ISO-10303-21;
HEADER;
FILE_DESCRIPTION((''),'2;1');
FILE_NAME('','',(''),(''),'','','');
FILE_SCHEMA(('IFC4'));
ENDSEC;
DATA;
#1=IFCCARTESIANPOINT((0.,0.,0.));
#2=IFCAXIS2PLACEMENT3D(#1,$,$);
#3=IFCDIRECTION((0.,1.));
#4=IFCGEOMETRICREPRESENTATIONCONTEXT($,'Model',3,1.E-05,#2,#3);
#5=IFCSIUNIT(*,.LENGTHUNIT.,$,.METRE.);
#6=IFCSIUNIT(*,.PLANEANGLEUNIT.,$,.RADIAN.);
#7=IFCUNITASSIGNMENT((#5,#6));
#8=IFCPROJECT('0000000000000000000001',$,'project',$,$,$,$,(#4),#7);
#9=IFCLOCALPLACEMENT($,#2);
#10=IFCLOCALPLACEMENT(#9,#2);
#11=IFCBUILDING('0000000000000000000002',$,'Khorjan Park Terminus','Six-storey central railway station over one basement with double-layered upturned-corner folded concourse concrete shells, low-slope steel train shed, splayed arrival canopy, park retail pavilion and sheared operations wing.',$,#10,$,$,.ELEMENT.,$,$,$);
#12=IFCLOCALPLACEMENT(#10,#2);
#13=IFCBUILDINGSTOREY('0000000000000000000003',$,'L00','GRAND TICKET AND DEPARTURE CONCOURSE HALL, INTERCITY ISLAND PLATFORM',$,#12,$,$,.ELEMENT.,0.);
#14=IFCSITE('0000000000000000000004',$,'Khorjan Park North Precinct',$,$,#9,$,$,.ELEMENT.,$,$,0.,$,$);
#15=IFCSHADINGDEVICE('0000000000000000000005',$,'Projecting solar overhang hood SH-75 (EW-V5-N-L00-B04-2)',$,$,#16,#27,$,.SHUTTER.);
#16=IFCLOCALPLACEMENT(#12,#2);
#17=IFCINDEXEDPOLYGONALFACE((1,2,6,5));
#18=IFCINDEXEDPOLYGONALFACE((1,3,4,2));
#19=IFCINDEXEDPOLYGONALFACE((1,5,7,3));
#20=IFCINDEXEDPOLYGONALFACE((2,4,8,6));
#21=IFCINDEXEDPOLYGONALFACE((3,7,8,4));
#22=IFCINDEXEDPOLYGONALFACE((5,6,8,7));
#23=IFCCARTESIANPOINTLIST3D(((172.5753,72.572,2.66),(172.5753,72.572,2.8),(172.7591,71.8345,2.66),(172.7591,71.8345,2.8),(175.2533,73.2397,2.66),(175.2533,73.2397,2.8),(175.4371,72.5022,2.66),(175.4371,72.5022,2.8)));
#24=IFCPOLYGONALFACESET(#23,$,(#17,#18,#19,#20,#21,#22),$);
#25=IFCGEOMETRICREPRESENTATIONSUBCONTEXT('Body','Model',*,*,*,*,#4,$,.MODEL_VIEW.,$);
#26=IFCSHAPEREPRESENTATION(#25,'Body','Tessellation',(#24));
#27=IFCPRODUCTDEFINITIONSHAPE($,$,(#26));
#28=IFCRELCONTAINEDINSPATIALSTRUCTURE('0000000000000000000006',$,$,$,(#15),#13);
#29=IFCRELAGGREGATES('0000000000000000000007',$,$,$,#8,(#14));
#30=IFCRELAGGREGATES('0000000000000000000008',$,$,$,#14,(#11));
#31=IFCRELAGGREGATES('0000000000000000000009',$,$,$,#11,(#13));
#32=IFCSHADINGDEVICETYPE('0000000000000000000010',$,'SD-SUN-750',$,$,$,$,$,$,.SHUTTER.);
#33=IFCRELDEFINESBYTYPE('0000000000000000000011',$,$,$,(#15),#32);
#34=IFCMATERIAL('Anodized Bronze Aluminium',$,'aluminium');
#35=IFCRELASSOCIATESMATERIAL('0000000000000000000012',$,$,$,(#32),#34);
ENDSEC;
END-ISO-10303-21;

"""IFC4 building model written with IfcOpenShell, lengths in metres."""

from ifc_helpers import new_model, si_unit, direction, frame, origin, origin_2d, place, context, subcontext, project, spatial, rectangle, extrude, material, type_object, element, save


model = new_model("IFC4")

# Units and contexts
model_context = context("Model", 3, precision=1e-05, world=origin(), true_north=direction((0.0, 1.0)))
body_context = subcontext(model_context, "Body", "Model", "MODEL_VIEW")
ifc_project = project(units=[si_unit("LENGTHUNIT", "METRE"), si_unit("PLANEANGLEUNIT", "RADIAN")], contexts=[model_context])

# Site, building, storey
site_placement = place(None, origin())
site = spatial("IfcSite", under=ifc_project, at=site_placement, Name="Khorjan Park North Precinct", CompositionType="ELEMENT", RefElevation=0.0)
building_placement = place(site_placement, origin())
building = spatial("IfcBuilding", under=site, at=building_placement, Name="Khorjan Park Terminus", Description="Six-storey central railway station over one basement with double-layered upturned-corner folded concourse concrete shells, low-slope steel train shed, splayed arrival canopy, park retail pavilion and sheared operations wing.", CompositionType="ELEMENT")
storey_placement = place(building_placement, origin())
storey = spatial("IfcBuildingStorey", under=building, at=storey_placement, Name="L00", Description="GRAND TICKET AND DEPARTURE CONCOURSE HALL, INTERCITY ISLAND PLATFORM", CompositionType="ELEMENT", Elevation=0.0)

# Shared definitions
ifc_material_1 = material(Name="Anodized Bronze Aluminium", Category="aluminium")

# Shading device
shading_device_type = type_object("IfcShadingDeviceType", Name="SD-SUN-750", PredefinedType="SHUTTER", material=ifc_material_1)
for number, where, z_axis, x_axis, name in (
    (1, (174.0062, 72.5371, 2.66), (0.0, 0.0, 1.0), (-0.970297, -0.241915, 0.0), "Projecting solar overhang hood SH-75 (EW-V5-N-L00-B04-2)"),
):
    element("IfcShadingDevice", number, at=place(storey_placement, frame(where, z_axis=z_axis, x_axis=x_axis)), inside=storey, type_object=shading_device_type, Name=name, PredefinedType="SHUTTER", context=body_context, shape_type="SweptSolid", body=[
        extrude(rectangle(XDim=2.76, YDim=0.76, at=origin_2d()), origin(), (0.0, 0.0, 1.0), 0.14),
    ])

save(model, "model.ifc")
